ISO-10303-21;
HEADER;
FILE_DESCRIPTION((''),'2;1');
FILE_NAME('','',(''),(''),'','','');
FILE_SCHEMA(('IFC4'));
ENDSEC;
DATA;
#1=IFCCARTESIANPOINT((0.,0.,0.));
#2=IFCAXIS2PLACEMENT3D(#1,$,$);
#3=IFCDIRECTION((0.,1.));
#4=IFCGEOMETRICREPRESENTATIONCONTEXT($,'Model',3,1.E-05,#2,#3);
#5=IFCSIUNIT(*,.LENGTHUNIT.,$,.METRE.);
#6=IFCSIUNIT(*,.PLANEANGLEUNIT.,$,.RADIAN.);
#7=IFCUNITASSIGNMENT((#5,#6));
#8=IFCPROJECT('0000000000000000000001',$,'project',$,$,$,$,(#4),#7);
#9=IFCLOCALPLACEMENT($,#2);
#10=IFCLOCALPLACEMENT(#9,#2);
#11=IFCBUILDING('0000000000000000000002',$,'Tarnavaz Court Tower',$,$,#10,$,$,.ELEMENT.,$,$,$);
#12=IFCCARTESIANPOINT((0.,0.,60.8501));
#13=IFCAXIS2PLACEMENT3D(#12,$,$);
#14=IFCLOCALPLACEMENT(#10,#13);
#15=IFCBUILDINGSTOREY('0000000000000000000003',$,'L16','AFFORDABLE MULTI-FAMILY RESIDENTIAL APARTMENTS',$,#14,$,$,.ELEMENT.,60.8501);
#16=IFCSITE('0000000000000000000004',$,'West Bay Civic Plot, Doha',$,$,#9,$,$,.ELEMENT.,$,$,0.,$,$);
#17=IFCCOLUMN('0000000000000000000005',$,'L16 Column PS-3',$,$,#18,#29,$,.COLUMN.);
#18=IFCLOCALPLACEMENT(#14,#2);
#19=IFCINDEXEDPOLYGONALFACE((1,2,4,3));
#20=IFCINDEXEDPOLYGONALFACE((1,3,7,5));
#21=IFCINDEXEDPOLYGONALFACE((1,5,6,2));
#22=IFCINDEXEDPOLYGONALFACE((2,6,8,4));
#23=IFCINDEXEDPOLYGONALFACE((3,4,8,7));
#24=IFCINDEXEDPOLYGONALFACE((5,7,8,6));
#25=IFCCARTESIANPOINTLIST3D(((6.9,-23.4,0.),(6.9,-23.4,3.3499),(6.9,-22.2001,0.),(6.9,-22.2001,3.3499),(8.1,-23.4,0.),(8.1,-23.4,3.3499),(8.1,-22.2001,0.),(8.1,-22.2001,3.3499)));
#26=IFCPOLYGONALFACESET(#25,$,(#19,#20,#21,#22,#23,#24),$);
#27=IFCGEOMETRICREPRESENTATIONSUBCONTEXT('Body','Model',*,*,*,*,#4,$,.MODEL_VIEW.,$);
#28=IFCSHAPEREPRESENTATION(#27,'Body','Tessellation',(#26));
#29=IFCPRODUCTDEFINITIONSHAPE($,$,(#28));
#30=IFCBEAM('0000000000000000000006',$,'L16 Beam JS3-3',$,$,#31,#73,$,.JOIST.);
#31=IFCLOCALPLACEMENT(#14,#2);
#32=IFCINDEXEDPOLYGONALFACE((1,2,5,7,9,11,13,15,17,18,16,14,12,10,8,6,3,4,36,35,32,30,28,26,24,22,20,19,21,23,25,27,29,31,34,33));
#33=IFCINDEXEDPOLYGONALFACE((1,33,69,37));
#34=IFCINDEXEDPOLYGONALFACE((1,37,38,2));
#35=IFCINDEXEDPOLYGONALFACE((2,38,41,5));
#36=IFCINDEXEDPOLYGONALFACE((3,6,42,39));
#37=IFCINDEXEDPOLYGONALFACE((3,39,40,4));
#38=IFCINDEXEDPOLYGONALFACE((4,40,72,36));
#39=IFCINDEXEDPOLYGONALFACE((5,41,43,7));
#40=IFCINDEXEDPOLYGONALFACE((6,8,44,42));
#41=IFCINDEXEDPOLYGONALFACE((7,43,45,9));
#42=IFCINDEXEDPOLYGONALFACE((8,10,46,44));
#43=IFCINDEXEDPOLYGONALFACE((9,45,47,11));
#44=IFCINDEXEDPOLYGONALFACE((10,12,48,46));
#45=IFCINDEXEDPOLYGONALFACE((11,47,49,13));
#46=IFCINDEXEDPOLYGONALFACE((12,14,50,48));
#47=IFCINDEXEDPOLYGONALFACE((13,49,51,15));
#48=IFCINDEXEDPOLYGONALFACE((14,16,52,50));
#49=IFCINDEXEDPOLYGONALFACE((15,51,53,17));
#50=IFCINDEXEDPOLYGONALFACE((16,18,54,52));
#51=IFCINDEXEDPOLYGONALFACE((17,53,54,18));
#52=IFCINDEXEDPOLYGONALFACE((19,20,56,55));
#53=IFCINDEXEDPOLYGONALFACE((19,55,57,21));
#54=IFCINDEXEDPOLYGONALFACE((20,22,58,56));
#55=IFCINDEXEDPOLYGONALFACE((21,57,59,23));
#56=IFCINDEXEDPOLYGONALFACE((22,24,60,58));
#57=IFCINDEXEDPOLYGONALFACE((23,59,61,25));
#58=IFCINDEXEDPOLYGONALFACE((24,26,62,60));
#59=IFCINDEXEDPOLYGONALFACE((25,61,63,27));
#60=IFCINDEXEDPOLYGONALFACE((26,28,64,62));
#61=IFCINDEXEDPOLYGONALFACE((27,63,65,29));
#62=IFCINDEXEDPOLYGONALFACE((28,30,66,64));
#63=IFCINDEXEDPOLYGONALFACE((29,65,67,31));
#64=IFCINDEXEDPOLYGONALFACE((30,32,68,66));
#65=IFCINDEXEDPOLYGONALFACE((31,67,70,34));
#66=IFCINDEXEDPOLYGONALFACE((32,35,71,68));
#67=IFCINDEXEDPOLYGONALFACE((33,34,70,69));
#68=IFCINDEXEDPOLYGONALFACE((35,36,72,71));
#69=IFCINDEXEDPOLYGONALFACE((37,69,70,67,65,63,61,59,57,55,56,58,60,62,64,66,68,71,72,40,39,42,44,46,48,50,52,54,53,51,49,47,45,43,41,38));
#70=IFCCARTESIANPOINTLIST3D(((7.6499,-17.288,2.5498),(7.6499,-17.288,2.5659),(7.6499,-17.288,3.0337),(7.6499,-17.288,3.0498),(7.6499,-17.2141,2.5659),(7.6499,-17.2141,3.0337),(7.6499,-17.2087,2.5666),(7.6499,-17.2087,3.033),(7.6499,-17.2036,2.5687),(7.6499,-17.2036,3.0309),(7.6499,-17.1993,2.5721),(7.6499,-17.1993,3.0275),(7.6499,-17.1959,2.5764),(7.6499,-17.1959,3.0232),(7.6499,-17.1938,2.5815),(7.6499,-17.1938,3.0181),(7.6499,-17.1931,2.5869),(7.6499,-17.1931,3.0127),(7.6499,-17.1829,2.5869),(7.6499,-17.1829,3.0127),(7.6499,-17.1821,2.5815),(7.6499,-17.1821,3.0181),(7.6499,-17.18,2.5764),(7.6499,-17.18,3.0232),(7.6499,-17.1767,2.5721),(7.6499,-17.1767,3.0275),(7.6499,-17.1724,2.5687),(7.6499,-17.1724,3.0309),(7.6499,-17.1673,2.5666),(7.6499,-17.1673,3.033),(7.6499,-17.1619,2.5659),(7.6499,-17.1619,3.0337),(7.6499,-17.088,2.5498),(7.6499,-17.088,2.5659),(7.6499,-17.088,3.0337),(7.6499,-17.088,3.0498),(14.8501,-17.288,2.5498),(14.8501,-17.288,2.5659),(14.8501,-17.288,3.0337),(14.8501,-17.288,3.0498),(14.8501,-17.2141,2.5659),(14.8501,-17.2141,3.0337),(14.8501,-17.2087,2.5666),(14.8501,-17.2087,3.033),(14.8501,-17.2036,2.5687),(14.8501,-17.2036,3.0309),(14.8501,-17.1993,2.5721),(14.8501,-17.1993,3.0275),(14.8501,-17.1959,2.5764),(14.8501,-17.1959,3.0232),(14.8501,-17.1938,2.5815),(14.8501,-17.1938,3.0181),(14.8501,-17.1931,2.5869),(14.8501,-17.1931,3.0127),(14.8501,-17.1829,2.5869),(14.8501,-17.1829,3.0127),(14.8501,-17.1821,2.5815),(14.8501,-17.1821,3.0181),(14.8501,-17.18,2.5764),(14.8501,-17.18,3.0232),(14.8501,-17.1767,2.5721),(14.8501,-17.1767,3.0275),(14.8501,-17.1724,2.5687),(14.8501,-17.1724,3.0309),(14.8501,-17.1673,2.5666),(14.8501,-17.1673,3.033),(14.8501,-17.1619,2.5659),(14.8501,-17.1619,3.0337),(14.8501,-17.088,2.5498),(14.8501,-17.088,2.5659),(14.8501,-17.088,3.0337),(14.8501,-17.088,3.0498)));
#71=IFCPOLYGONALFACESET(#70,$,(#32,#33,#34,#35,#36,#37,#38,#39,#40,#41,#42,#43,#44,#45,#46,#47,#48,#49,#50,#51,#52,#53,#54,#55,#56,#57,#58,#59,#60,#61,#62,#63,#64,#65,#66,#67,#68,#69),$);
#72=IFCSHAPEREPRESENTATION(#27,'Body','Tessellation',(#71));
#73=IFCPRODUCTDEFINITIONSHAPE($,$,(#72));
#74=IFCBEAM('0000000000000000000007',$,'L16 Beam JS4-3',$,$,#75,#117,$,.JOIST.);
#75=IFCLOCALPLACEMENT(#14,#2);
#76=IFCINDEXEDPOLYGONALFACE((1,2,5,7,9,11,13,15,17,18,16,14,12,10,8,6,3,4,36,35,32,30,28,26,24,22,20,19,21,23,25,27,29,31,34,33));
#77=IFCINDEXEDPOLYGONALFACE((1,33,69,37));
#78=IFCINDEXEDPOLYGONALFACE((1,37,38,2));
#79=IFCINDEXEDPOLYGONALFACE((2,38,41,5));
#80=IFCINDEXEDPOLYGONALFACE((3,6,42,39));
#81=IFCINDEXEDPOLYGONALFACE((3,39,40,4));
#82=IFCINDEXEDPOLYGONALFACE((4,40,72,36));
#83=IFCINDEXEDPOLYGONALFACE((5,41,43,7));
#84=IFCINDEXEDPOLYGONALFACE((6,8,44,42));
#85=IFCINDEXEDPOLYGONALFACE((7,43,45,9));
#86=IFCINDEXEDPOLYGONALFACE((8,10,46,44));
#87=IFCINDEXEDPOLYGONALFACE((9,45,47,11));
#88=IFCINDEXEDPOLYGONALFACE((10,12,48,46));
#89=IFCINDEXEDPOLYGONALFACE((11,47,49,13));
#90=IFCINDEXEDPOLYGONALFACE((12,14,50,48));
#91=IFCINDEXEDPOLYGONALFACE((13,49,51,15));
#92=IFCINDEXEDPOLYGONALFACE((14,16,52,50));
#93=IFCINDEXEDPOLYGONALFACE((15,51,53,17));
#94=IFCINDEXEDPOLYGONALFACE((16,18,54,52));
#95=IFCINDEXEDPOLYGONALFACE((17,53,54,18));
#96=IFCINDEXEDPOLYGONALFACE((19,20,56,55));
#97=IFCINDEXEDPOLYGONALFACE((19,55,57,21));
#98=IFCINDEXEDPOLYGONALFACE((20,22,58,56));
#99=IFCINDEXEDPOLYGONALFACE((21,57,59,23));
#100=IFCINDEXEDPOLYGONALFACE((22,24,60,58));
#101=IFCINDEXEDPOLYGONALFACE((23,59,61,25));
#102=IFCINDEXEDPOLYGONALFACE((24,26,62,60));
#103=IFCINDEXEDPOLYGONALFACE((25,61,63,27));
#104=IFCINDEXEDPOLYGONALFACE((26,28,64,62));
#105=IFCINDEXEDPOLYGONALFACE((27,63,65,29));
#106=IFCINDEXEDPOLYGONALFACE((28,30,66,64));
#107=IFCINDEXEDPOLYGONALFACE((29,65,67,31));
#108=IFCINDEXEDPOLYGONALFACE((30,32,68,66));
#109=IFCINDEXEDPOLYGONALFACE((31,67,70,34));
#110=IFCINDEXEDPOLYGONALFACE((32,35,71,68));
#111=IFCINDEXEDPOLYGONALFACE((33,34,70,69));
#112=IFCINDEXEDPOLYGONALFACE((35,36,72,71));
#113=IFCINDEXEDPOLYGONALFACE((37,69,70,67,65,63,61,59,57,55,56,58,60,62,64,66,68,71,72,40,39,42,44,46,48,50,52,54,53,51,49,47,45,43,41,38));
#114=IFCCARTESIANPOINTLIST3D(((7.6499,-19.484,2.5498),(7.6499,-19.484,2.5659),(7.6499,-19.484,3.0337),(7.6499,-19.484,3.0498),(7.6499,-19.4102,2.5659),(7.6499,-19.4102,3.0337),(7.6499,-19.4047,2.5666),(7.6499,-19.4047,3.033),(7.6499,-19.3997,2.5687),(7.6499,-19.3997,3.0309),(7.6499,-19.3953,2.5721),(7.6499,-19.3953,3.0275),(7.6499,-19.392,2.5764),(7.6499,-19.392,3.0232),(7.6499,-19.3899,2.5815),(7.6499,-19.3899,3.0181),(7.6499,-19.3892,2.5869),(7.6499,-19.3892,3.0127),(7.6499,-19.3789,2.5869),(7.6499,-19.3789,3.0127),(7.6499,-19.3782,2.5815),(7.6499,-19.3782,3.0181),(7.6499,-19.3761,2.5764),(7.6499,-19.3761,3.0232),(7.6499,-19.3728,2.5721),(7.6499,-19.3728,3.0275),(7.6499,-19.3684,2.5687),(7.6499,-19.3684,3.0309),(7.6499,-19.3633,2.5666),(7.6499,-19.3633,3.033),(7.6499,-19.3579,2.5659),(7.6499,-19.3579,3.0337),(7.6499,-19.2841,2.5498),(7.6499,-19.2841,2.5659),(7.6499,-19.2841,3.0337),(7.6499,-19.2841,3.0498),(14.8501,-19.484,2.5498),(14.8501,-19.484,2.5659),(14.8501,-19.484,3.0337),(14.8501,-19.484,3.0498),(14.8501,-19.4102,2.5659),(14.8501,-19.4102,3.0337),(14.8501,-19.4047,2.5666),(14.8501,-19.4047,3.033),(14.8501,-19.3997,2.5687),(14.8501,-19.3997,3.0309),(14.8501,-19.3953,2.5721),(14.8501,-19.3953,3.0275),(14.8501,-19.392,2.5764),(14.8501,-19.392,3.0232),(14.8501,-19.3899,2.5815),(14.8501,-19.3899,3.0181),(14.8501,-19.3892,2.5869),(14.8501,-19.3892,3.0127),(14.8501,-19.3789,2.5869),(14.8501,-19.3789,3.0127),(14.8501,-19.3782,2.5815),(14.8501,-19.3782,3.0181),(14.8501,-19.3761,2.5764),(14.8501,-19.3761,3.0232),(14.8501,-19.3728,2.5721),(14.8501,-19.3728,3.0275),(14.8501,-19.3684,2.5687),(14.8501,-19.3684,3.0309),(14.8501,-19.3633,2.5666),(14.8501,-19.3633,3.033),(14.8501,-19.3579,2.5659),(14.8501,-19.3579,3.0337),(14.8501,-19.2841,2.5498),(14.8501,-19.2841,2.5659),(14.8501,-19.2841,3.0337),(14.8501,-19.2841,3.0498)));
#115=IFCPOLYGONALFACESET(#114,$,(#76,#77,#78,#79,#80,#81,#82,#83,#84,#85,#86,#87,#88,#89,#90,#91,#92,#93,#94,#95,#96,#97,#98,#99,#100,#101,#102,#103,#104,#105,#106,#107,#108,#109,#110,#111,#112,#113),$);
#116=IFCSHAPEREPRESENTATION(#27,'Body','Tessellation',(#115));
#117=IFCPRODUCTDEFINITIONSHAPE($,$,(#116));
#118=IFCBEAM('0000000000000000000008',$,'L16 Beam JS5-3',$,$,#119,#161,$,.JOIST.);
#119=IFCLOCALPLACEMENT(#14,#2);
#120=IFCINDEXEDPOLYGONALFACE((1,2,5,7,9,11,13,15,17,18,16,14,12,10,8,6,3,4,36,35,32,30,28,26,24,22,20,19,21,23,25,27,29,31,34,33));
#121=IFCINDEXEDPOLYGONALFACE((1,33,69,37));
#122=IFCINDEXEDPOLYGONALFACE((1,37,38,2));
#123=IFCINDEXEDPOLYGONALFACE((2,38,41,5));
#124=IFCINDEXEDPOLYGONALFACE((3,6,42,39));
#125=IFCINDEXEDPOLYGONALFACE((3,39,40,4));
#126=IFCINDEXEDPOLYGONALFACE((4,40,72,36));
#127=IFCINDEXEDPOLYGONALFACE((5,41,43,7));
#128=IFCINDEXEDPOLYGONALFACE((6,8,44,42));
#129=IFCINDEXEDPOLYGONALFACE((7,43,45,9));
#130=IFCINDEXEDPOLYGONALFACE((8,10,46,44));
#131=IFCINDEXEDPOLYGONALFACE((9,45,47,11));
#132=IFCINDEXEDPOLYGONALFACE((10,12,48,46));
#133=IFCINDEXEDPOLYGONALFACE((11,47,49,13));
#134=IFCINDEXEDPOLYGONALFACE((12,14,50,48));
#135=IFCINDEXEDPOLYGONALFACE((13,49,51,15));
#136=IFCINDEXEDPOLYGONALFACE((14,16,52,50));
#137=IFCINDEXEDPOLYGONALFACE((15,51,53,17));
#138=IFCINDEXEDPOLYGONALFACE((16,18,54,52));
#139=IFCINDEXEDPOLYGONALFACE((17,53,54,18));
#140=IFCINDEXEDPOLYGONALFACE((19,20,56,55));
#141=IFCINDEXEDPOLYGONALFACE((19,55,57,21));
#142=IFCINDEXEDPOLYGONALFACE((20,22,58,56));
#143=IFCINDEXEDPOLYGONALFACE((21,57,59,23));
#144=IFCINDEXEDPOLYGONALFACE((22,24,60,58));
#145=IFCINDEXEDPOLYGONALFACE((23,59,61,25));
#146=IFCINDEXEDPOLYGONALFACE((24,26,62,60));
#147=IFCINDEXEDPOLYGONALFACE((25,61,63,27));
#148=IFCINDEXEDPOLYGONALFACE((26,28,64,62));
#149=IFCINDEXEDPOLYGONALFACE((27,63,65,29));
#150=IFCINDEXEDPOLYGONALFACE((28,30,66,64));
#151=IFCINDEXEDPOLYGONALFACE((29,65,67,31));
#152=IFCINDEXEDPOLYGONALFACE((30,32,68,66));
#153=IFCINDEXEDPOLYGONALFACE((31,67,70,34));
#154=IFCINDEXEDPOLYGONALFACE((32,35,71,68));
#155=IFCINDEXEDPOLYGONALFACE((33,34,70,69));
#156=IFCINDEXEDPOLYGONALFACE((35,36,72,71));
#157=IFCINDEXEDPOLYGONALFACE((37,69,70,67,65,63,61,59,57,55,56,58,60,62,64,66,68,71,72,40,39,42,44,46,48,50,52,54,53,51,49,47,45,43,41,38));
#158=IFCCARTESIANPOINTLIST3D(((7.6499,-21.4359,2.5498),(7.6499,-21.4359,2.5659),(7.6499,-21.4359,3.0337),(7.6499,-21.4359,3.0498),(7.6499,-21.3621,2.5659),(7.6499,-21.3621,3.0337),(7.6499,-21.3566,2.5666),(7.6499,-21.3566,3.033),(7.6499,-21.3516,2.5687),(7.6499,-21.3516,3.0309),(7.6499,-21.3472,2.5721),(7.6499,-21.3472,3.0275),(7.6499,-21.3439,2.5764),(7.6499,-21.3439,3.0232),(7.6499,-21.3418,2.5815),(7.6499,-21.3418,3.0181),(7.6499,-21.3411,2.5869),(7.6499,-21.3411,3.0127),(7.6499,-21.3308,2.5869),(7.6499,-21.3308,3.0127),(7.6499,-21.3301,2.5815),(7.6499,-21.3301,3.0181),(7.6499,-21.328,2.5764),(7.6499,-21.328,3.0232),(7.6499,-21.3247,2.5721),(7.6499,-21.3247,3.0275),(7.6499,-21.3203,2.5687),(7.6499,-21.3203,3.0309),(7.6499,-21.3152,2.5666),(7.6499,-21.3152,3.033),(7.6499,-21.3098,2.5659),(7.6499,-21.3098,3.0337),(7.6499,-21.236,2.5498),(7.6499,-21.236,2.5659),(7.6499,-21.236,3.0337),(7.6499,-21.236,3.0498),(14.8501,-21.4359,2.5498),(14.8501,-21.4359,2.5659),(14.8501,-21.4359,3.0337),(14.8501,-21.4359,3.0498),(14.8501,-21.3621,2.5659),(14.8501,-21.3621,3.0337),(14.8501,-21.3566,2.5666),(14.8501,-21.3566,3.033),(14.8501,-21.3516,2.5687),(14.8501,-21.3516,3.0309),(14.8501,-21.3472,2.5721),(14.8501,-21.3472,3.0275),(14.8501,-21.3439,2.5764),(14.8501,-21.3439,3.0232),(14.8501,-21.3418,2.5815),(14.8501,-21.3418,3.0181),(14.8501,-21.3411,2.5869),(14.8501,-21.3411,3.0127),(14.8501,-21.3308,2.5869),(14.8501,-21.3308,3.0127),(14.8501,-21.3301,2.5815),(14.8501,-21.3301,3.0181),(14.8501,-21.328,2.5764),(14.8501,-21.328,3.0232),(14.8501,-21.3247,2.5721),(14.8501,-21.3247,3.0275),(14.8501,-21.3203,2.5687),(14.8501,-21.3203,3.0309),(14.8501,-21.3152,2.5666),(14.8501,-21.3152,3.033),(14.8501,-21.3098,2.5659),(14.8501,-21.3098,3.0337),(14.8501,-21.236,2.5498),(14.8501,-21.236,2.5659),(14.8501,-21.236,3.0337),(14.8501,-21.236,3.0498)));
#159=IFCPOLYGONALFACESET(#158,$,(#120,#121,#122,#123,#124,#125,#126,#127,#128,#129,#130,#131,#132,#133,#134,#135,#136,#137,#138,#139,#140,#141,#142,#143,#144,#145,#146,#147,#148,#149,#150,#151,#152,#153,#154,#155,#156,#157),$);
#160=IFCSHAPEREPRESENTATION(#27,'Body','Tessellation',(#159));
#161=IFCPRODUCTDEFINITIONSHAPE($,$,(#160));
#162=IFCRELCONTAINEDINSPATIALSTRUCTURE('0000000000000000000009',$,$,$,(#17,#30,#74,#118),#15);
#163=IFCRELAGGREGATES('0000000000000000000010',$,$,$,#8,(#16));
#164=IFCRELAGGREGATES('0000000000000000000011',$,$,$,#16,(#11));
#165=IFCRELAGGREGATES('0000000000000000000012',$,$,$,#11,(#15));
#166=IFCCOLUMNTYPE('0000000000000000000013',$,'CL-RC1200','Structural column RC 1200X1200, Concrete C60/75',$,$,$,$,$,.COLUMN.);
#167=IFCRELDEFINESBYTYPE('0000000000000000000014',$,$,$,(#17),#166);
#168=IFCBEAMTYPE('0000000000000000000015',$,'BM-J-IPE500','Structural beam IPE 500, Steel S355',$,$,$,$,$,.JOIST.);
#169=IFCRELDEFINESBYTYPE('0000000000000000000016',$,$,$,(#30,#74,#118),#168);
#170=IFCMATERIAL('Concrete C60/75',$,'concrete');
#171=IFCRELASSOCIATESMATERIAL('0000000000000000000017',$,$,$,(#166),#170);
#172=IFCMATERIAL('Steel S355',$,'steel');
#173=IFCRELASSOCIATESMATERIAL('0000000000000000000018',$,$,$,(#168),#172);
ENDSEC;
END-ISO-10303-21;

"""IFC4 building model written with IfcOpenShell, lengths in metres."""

from ifc_helpers import new_model, si_unit, direction, frame, origin, origin_2d, place, context, subcontext, project, spatial, rectangle, i_section, extrude, material, material_profile, profile_set, type_object, element, save


model = new_model("IFC4")

# Units and contexts
model_context = context("Model", 3, precision=1e-05, world=origin(), true_north=direction((0.0, 1.0)))
body_context = subcontext(model_context, "Body", "Model", "MODEL_VIEW")
ifc_project = project(units=[si_unit("LENGTHUNIT", "METRE"), si_unit("PLANEANGLEUNIT", "RADIAN")], contexts=[model_context])

# Site, building, storey
site_placement = place(None, origin())
site = spatial("IfcSite", under=ifc_project, at=site_placement, Name="West Bay Civic Plot, Doha", CompositionType="ELEMENT", RefElevation=0.0)
building_placement = place(site_placement, origin())
building = spatial("IfcBuilding", under=site, at=building_placement, Name="Tarnavaz Court Tower", CompositionType="ELEMENT")
storey_placement = place(building_placement, frame((0.0, 0.0, 60.8501)))
storey = spatial("IfcBuildingStorey", under=building, at=storey_placement, Name="L16", Description="AFFORDABLE MULTI-FAMILY RESIDENTIAL APARTMENTS", CompositionType="ELEMENT", Elevation=60.8501)

# Column
ifc_material_1 = material(Name="Concrete C60/75", Category="concrete")
ifc_material_profile_1 = material_profile(ifc_material_1, rectangle(XDim=1.2, YDim=1.2, at=origin_2d()), Name="RC 1200X1200")
ifc_profile_set_1 = profile_set([ifc_material_profile_1], Name="Concrete C60/75")
column_type = type_object("IfcColumnType", Name="CL-RC1200", Description="Structural column RC 1200X1200, Concrete C60/75", PredefinedType="COLUMN", material=ifc_profile_set_1)
column_placement = place(storey_placement, frame((7.5, -22.8, 0.0), z_axis=(0.0, 0.0, 1.0), x_axis=(1.0, 0.0, 0.0)))
element("IfcColumn", 1, at=column_placement, inside=storey, type_object=column_type, Name="L16 Column PS-3", PredefinedType="COLUMN", context=body_context, shape_type="SweptSolid", body=[
    extrude(rectangle(XDim=1.2, YDim=1.2, at=origin_2d()), origin(), (0.0, 0.0, 1.0), 3.3499),
])

# Beams
ifc_material_2 = material(Name="Steel S355", Category="steel")
ifc_material_profile_2 = material_profile(ifc_material_2, i_section(OverallWidth=0.2, OverallDepth=0.5, WebThickness=0.0103, FlangeThickness=0.0161, FilletRadius=0.021, at=origin_2d()), Name="IPE 500")
ifc_profile_set_2 = profile_set([ifc_material_profile_2], Name="Steel S355")
beam_type_1 = type_object("IfcBeamType", Name="BM-J-IPE500", Description="Structural beam IPE 500, Steel S355", PredefinedType="JOIST", material=ifc_profile_set_2)
for number, where, z_axis, x_axis, name in (
    (2, (7.6499, -17.188, 2.7998), (1.0, 0.0, 0.0), (0.0, 1.0, 0.0), "L16 Beam JS3-3"),
    (3, (7.6499, -19.384, 2.7998), (1.0, 0.0, 0.0), (0.0, 1.0, 0.0), "L16 Beam JS4-3"),
    (4, (7.6499, -21.3359, 2.7998), (1.0, 0.0, 0.0), (0.0, 1.0, 0.0), "L16 Beam JS5-3"),
):
    element("IfcBeam", number, at=place(storey_placement, frame(where, z_axis=z_axis, x_axis=x_axis)), inside=storey, type_object=beam_type_1, Name=name, PredefinedType="JOIST", context=body_context, shape_type="SweptSolid", body=[
        extrude(i_section(OverallWidth=0.2, OverallDepth=0.5, WebThickness=0.0103, FlangeThickness=0.0161, FilletRadius=0.021, at=origin_2d()), origin(), (0.0, 0.0, 1.0), 7.2002),
    ])

save(model, "model.ifc")
